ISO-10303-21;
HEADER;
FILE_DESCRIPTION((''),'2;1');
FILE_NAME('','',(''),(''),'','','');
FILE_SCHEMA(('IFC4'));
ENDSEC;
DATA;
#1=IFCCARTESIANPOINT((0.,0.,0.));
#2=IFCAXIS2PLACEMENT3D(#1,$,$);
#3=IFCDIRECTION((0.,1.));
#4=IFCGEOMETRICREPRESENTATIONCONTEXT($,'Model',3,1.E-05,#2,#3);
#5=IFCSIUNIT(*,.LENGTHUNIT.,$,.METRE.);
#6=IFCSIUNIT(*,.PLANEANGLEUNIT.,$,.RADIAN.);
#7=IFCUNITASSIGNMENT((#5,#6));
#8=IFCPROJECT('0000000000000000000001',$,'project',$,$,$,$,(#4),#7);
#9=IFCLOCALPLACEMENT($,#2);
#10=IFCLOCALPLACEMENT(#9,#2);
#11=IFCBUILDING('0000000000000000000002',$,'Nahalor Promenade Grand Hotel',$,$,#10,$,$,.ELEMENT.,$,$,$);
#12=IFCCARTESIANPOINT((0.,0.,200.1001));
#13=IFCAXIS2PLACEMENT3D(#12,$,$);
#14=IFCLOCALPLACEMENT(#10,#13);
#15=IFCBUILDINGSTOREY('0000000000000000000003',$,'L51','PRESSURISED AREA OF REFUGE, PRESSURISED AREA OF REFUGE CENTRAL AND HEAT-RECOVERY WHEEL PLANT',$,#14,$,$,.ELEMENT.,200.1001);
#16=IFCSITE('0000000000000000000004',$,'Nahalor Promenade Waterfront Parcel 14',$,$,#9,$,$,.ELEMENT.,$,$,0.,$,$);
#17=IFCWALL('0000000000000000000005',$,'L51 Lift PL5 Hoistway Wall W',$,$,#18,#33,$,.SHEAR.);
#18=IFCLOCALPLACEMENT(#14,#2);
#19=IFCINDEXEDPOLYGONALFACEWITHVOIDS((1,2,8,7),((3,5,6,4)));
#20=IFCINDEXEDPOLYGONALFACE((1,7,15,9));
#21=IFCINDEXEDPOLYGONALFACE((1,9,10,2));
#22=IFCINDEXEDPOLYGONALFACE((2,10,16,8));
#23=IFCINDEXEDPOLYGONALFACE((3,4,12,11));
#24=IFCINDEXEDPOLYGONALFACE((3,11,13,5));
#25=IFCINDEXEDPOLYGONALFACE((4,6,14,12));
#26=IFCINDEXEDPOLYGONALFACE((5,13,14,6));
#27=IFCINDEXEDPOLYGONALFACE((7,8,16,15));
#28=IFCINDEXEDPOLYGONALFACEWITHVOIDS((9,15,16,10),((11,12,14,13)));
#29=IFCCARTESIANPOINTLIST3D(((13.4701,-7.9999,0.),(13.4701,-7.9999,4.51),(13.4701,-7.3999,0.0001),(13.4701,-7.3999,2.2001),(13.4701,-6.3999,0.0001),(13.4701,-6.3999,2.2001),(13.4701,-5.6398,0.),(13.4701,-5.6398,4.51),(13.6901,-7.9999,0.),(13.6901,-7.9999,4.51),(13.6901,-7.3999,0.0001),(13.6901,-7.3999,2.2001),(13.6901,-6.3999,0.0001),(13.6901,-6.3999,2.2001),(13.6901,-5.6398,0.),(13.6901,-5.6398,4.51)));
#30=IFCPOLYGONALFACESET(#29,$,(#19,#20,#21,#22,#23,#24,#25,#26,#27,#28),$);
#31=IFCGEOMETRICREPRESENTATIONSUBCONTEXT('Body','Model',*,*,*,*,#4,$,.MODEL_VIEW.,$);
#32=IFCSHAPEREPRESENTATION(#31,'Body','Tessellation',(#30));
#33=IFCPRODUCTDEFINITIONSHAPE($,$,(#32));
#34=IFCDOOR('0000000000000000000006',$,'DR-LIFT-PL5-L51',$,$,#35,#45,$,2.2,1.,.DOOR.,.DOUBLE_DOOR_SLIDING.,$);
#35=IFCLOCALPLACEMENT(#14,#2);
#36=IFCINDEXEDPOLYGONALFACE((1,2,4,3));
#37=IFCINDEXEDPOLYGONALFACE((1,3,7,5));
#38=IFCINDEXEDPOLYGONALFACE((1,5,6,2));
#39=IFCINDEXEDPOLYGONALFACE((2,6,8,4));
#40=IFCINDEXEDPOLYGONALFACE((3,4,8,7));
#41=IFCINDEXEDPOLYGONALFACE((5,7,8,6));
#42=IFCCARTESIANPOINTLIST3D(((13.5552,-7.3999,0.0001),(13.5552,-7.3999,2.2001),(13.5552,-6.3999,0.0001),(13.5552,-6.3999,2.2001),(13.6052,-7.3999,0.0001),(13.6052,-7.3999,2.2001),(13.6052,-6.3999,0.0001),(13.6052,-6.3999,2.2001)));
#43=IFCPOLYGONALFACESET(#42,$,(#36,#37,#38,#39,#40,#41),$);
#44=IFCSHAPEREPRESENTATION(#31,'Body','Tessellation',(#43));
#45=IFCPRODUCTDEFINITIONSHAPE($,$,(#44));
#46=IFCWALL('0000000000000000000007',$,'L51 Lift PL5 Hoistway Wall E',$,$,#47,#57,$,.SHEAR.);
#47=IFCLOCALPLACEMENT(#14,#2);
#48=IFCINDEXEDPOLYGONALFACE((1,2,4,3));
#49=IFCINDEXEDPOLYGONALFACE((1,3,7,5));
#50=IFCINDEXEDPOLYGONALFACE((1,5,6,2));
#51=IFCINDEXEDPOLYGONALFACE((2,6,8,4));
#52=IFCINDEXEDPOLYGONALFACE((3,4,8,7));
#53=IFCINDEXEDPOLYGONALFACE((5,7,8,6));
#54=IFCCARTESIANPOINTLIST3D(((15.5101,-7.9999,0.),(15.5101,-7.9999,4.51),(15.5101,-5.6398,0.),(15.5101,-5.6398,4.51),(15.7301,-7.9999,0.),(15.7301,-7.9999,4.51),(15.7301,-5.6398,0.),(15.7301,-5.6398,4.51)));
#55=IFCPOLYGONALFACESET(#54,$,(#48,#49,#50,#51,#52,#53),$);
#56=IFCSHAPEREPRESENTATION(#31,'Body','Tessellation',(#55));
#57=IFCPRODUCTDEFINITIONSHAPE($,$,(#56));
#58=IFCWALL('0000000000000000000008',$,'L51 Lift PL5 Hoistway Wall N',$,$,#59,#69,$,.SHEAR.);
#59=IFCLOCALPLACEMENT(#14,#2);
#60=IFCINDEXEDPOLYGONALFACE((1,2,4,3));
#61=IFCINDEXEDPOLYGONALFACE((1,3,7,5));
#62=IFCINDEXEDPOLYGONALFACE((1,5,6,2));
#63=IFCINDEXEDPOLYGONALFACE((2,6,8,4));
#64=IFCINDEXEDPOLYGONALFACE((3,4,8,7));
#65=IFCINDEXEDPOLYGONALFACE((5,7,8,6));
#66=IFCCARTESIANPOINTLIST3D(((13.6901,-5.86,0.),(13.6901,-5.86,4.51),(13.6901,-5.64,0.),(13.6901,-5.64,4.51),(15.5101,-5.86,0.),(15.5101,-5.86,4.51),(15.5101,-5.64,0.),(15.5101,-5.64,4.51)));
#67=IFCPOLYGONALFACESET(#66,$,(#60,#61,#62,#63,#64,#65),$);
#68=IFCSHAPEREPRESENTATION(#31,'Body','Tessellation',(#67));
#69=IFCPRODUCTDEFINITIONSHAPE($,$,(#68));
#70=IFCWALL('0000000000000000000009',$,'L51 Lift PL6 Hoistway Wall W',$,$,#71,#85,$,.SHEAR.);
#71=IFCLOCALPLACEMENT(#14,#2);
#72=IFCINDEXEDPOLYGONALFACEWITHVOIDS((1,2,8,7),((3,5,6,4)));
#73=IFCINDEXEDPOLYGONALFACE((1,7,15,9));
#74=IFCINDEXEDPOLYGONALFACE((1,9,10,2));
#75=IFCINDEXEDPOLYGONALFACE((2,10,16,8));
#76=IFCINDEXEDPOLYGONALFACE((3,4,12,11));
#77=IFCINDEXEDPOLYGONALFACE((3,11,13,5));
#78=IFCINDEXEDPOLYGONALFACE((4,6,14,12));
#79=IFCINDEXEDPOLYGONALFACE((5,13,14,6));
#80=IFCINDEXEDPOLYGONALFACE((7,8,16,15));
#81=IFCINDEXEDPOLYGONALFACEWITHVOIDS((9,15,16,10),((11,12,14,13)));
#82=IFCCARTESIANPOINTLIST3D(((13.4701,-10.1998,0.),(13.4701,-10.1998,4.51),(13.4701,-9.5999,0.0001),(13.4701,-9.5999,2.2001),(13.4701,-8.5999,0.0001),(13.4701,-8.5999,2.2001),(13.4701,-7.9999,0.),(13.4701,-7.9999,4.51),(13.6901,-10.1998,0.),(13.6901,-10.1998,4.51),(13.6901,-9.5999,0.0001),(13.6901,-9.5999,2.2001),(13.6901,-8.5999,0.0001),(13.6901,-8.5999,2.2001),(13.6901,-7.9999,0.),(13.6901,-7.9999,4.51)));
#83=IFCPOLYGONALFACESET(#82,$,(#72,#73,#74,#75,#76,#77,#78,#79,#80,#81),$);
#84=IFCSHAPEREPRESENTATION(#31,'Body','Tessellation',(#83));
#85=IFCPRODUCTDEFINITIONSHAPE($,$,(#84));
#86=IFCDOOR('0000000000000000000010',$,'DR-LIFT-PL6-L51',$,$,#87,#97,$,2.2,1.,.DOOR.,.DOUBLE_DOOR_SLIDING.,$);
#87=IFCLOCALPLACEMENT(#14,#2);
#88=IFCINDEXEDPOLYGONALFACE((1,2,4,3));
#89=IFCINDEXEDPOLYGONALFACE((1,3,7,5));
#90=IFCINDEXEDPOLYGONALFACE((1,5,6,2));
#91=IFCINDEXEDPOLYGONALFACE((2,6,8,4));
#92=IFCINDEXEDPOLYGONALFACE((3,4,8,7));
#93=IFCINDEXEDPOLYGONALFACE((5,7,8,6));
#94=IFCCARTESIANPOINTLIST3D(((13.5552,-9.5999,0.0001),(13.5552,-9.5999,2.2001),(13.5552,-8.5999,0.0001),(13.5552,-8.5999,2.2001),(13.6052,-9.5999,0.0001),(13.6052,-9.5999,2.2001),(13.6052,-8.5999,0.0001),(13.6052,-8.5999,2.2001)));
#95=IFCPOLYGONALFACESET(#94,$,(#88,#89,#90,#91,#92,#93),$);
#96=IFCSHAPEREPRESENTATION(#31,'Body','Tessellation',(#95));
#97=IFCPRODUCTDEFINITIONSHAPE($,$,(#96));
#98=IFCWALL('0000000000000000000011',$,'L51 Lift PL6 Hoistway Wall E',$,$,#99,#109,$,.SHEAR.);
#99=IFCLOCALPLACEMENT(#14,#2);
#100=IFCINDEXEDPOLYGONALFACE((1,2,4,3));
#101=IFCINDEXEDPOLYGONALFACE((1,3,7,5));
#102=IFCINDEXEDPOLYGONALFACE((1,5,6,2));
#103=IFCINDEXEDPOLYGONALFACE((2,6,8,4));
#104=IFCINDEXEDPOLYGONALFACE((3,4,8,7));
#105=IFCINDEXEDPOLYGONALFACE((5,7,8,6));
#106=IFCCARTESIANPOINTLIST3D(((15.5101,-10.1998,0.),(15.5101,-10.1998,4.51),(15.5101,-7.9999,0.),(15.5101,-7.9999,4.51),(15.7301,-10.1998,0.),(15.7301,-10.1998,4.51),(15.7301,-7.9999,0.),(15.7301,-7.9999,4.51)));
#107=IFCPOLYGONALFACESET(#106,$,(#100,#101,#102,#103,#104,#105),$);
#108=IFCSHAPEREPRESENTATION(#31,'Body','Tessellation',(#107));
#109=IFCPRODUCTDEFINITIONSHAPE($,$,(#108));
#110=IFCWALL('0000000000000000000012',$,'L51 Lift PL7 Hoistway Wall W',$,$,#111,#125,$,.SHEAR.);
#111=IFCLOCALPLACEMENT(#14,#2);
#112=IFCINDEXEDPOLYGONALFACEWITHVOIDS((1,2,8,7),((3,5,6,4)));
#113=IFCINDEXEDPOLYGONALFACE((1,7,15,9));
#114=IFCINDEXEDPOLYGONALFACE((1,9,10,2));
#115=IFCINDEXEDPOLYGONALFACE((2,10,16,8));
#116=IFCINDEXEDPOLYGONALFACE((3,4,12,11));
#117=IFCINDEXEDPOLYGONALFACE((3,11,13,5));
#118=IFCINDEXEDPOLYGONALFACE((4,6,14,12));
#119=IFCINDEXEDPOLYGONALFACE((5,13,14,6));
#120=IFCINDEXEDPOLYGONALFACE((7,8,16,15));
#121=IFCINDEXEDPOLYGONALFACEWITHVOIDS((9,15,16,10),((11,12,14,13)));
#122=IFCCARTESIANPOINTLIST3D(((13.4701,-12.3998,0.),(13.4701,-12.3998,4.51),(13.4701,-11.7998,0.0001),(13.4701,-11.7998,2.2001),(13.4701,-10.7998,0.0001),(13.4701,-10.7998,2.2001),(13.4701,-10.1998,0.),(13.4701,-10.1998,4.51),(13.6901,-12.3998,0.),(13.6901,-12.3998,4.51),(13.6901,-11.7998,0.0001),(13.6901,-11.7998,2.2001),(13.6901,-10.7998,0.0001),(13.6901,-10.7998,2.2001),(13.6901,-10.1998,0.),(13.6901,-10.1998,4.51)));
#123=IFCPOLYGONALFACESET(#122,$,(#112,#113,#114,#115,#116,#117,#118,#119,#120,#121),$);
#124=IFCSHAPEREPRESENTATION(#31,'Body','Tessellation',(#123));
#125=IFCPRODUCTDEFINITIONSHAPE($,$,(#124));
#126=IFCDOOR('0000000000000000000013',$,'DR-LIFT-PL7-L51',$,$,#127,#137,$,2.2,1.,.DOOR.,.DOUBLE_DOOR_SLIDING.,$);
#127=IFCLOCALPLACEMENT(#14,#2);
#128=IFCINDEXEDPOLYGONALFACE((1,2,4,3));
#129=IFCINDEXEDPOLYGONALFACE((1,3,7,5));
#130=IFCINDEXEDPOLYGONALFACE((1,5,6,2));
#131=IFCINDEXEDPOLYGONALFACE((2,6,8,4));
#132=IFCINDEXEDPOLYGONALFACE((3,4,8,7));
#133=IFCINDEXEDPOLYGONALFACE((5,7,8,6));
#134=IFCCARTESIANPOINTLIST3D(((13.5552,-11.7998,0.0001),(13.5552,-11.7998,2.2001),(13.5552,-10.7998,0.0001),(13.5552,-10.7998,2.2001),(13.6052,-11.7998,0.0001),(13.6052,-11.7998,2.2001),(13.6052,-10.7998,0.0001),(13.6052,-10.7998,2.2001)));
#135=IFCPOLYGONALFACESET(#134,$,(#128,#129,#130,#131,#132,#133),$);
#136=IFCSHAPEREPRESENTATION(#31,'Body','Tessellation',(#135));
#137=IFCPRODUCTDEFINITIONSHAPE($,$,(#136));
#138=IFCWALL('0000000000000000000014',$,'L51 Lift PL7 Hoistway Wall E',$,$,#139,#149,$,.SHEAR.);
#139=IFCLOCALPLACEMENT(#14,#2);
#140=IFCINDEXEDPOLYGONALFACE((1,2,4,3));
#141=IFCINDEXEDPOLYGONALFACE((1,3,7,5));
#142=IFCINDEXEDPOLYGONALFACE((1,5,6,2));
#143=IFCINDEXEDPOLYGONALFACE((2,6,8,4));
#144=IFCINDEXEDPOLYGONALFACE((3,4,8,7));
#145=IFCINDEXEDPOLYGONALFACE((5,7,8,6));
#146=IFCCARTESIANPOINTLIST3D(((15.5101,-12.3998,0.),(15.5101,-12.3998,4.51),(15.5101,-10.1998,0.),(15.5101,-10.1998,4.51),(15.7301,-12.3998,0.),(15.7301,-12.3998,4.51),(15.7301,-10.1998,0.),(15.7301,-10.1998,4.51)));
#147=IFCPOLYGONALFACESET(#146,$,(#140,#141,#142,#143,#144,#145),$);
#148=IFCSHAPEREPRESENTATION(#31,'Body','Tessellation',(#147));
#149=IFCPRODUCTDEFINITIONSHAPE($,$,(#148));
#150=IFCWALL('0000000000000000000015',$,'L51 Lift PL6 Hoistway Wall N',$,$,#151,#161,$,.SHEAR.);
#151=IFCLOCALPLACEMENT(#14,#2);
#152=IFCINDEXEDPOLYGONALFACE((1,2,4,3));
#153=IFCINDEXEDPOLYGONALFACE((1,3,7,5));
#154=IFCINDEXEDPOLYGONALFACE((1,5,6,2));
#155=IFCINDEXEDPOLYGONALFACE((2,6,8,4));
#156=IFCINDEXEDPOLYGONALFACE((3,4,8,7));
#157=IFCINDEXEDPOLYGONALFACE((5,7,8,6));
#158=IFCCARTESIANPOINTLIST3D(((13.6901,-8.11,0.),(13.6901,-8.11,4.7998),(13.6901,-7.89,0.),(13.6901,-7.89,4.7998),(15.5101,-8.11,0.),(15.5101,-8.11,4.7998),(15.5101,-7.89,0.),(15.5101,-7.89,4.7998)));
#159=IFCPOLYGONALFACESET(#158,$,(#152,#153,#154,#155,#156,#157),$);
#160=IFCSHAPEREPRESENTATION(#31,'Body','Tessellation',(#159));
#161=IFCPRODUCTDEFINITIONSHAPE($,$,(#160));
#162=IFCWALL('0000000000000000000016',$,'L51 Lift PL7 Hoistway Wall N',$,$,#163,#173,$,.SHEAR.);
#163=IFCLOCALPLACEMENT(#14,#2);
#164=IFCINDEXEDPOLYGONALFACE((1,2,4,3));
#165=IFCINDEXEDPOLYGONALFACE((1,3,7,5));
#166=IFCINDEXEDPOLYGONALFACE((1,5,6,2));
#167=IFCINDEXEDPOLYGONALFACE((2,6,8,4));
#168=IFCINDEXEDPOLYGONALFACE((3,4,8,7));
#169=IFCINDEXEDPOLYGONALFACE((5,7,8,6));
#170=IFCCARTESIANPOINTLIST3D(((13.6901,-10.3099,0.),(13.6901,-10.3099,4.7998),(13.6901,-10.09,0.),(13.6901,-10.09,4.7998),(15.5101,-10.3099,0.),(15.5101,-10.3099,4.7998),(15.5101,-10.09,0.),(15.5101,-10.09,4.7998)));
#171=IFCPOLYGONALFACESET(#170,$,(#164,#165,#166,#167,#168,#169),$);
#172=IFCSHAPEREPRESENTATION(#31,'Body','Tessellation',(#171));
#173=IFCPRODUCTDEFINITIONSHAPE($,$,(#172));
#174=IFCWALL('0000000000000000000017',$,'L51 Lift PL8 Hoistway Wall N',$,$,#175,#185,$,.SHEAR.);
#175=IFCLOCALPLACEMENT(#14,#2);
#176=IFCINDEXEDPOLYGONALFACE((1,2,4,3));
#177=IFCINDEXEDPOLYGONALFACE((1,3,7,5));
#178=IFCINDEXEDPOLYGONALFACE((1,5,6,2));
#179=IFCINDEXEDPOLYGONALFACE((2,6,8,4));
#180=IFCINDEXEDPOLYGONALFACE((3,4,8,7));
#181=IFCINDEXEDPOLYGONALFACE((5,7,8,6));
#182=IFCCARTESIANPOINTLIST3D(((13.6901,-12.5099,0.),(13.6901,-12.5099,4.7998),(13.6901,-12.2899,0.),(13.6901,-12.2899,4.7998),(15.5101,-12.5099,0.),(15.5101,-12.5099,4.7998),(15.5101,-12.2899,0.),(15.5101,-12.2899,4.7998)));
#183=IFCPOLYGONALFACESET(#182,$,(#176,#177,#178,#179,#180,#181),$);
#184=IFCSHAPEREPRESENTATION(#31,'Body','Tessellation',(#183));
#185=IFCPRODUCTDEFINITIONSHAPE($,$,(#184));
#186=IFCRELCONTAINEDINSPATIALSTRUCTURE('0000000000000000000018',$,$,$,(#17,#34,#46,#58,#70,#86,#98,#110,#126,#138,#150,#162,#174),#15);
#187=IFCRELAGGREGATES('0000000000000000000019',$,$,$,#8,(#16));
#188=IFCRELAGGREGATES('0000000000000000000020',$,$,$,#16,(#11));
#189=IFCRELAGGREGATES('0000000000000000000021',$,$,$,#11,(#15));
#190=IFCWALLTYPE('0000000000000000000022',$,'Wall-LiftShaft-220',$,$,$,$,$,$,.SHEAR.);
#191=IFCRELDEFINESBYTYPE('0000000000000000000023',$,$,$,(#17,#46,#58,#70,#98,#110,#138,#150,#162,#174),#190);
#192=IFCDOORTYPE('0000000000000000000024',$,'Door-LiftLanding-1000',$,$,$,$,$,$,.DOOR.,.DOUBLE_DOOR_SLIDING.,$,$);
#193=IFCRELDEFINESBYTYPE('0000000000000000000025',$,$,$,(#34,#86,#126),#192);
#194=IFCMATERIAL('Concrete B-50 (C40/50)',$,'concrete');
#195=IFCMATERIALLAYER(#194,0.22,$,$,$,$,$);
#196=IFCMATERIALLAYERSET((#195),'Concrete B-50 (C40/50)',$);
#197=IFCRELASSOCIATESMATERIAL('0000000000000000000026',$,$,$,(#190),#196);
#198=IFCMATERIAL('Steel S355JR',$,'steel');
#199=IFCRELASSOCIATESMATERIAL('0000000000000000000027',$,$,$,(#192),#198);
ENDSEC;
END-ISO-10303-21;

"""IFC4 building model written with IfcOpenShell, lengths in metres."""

from ifc_helpers import new_model, si_unit, direction, frame, frame_2d, origin, place, context, subcontext, project, spatial, rectangle, extrude, source, transform, mapped, material, layer, layer_set, type_object, element, fill, save


model = new_model("IFC4")

# Units and contexts
model_context = context("Model", 3, precision=1e-05, world=origin(), true_north=direction((0.0, 1.0)))
body_context = subcontext(model_context, "Body", "Model", "MODEL_VIEW")
ifc_project = project(units=[si_unit("LENGTHUNIT", "METRE"), si_unit("PLANEANGLEUNIT", "RADIAN")], contexts=[model_context])

# Site, building, storey
site_placement = place(None, origin())
site = spatial("IfcSite", under=ifc_project, at=site_placement, Name="Nahalor Promenade Waterfront Parcel 14", CompositionType="ELEMENT", RefElevation=0.0)
building_placement = place(site_placement, origin())
building = spatial("IfcBuilding", under=site, at=building_placement, Name="Nahalor Promenade Grand Hotel", CompositionType="ELEMENT")
storey_placement = place(building_placement, frame((0.0, 0.0, 200.1001)))
storey = spatial("IfcBuildingStorey", under=building, at=storey_placement, Name="L51", Description="PRESSURISED AREA OF REFUGE, PRESSURISED AREA OF REFUGE CENTRAL AND HEAT-RECOVERY WHEEL PLANT", CompositionType="ELEMENT", Elevation=200.1001)

# Shared definitions
ifc_material_1 = material(Name="Steel S355JR", Category="steel")

# Wall, opening, door
ifc_material_2 = material(Name="Concrete B-50 (C40/50)", Category="concrete")
ifc_layer_1 = layer(ifc_material_2, 0.22)
ifc_layer_set_1 = layer_set([ifc_layer_1], Name="Concrete B-50 (C40/50)")
wall_type_1 = type_object("IfcWallType", Name="Wall-LiftShaft-220", PredefinedType="SHEAR", material=ifc_layer_set_1)
shared_shape_1 = source(origin(), body_context, "Body", "SweptSolid", [
    extrude(rectangle(XDim=2.3601, YDim=0.22, at=frame_2d((1.1802, 0.0))), origin(), (0.0, 0.0, 1.0), 4.51),
])
wall_1_placement = place(storey_placement, frame((13.5801, -8.0, 0.0), z_axis=(0.0, 0.0, 1.0), x_axis=(0.0, 1.0, 0.0)))
wall_1 = element("IfcWall", 1, at=wall_1_placement, inside=storey, type_object=wall_type_1, Name="L51 Lift PL5 Hoistway Wall W", PredefinedType="SHEAR", context=body_context, shape_type="MappedRepresentation", body=[
    mapped(shared_shape_1, transform((0.0, 0.0, 0.0), scale=1.0)),
])
opening_1_placement = place(wall_1_placement, frame((0.6001, 0.0, 0.0)))
opening_1 = element("IfcOpeningElement", 2, at=opening_1_placement, cuts=wall_1, PredefinedType="OPENING", context=body_context, shape_type="SweptSolid", body=[
    extrude(rectangle(XDim=1.0, YDim=2.2, at=frame_2d((0.5, 1.1001))), frame((0.0, 0.1199, 0.0), z_axis=(0.0, -1.0, 0.0), x_axis=(1.0, 0.0, 0.0)), (0.0, 0.0, 1.0), 0.24),
])
door_type_1 = type_object("IfcDoorType", Name="Door-LiftLanding-1000", OperationType="DOUBLE_DOOR_SLIDING", PredefinedType="DOOR", material=ifc_material_1)
shared_shape_2 = source(origin(), body_context, "Body", "SweptSolid", [
    extrude(rectangle(XDim=1.0, YDim=2.2, at=frame_2d((0.5, 1.1001))), frame((0.0, 0.0249, 0.0), z_axis=(0.0, -1.0, 0.0), x_axis=(1.0, 0.0, 0.0)), (0.0, 0.0, 1.0), 0.05),
])
door_1_placement = place(opening_1_placement, origin())
door_1 = element("IfcDoor", 3, at=door_1_placement, inside=storey, type_object=door_type_1, Name="DR-LIFT-PL5-L51", OperationType="DOUBLE_DOOR_SLIDING", OverallHeight=2.2, OverallWidth=1.0, PredefinedType="DOOR", context=body_context, shape_type="MappedRepresentation", body=[
    mapped(shared_shape_2, transform((0.0, 0.0, 0.0), scale=1.0)),
])
fill(opening_1, door_1)

# Walls
wall_2_placement = place(storey_placement, frame((15.6201, -8.0, 0.0), z_axis=(0.0, 0.0, 1.0), x_axis=(0.0, 1.0, 0.0)))
element("IfcWall", 4, at=wall_2_placement, inside=storey, type_object=wall_type_1, Name="L51 Lift PL5 Hoistway Wall E", PredefinedType="SHEAR", context=body_context, shape_type="MappedRepresentation", body=[
    mapped(shared_shape_1, transform((0.0, 0.0, 0.0), scale=1.0)),
])
shared_shape_3 = source(origin(), body_context, "Body", "SweptSolid", [
    extrude(rectangle(XDim=1.8201, YDim=0.22, at=frame_2d((0.9102, 0.0))), origin(), (0.0, 0.0, 1.0), 4.51),
])
wall_3_placement = place(storey_placement, frame((13.6899, -5.75, 0.0), z_axis=(0.0, 0.0, 1.0), x_axis=(1.0, 0.0, 0.0)))
element("IfcWall", 5, at=wall_3_placement, inside=storey, type_object=wall_type_1, Name="L51 Lift PL5 Hoistway Wall N", PredefinedType="SHEAR", context=body_context, shape_type="MappedRepresentation", body=[
    mapped(shared_shape_3, transform((0.0, 0.0, 0.0), scale=1.0)),
])

# Wall, opening, door
shared_shape_4 = source(origin(), body_context, "Body", "SweptSolid", [
    extrude(rectangle(XDim=2.2, YDim=0.22, at=frame_2d((1.1001, 0.0))), origin(), (0.0, 0.0, 1.0), 4.51),
])
wall_4_placement = place(storey_placement, frame((13.5801, -10.2, 0.0), z_axis=(0.0, 0.0, 1.0), x_axis=(0.0, 1.0, 0.0)))
wall_4 = element("IfcWall", 6, at=wall_4_placement, inside=storey, type_object=wall_type_1, Name="L51 Lift PL6 Hoistway Wall W", PredefinedType="SHEAR", context=body_context, shape_type="MappedRepresentation", body=[
    mapped(shared_shape_4, transform((0.0, 0.0, 0.0), scale=1.0)),
])
opening_2_placement = place(wall_4_placement, frame((0.6001, 0.0, 0.0)))
opening_2 = element("IfcOpeningElement", 7, at=opening_2_placement, cuts=wall_4, PredefinedType="OPENING", context=body_context, shape_type="SweptSolid", body=[
    extrude(rectangle(XDim=1.0, YDim=2.2, at=frame_2d((0.5, 1.1001))), frame((0.0, 0.1199, 0.0), z_axis=(0.0, -1.0, 0.0), x_axis=(1.0, 0.0, 0.0)), (0.0, 0.0, 1.0), 0.24),
])
door_2_placement = place(opening_2_placement, origin())
door_2 = element("IfcDoor", 8, at=door_2_placement, inside=storey, type_object=door_type_1, Name="DR-LIFT-PL6-L51", OperationType="DOUBLE_DOOR_SLIDING", OverallHeight=2.2, OverallWidth=1.0, PredefinedType="DOOR", context=body_context, shape_type="MappedRepresentation", body=[
    mapped(shared_shape_2, transform((0.0, 0.0, 0.0), scale=1.0)),
])
fill(opening_2, door_2)

# Wall
wall_5_placement = place(storey_placement, frame((15.6201, -10.2, 0.0), z_axis=(0.0, 0.0, 1.0), x_axis=(0.0, 1.0, 0.0)))
element("IfcWall", 9, at=wall_5_placement, inside=storey, type_object=wall_type_1, Name="L51 Lift PL6 Hoistway Wall E", PredefinedType="SHEAR", context=body_context, shape_type="MappedRepresentation", body=[
    mapped(shared_shape_4, transform((0.0, 0.0, 0.0), scale=1.0)),
])

# Wall, opening, door
wall_6_placement = place(storey_placement, frame((13.5801, -12.3999, 0.0), z_axis=(0.0, 0.0, 1.0), x_axis=(0.0, 1.0, 0.0)))
wall_6 = element("IfcWall", 10, at=wall_6_placement, inside=storey, type_object=wall_type_1, Name="L51 Lift PL7 Hoistway Wall W", PredefinedType="SHEAR", context=body_context, shape_type="MappedRepresentation", body=[
    mapped(shared_shape_4, transform((0.0, 0.0, 0.0), scale=1.0)),
])
opening_3_placement = place(wall_6_placement, frame((0.6001, 0.0, 0.0)))
opening_3 = element("IfcOpeningElement", 11, at=opening_3_placement, cuts=wall_6, PredefinedType="OPENING", context=body_context, shape_type="SweptSolid", body=[
    extrude(rectangle(XDim=1.0, YDim=2.2, at=frame_2d((0.5, 1.1001))), frame((0.0, 0.1199, 0.0), z_axis=(0.0, -1.0, 0.0), x_axis=(1.0, 0.0, 0.0)), (0.0, 0.0, 1.0), 0.24),
])
door_3_placement = place(opening_3_placement, origin())
door_3 = element("IfcDoor", 12, at=door_3_placement, inside=storey, type_object=door_type_1, Name="DR-LIFT-PL7-L51", OperationType="DOUBLE_DOOR_SLIDING", OverallHeight=2.2, OverallWidth=1.0, PredefinedType="DOOR", context=body_context, shape_type="MappedRepresentation", body=[
    mapped(shared_shape_2, transform((0.0, 0.0, 0.0), scale=1.0)),
])
fill(opening_3, door_3)

# Walls
wall_7_placement = place(storey_placement, frame((15.6201, -12.3999, 0.0), z_axis=(0.0, 0.0, 1.0), x_axis=(0.0, 1.0, 0.0)))
element("IfcWall", 13, at=wall_7_placement, inside=storey, type_object=wall_type_1, Name="L51 Lift PL7 Hoistway Wall E", PredefinedType="SHEAR", context=body_context, shape_type="MappedRepresentation", body=[
    mapped(shared_shape_4, transform((0.0, 0.0, 0.0), scale=1.0)),
])
shared_shape_5 = source(origin(), body_context, "Body", "SweptSolid", [
    extrude(rectangle(XDim=1.8201, YDim=0.22, at=frame_2d((0.9102, 0.0))), origin(), (0.0, 0.0, 1.0), 4.7998),
])
for number, where, z_axis, x_axis, name in (
    (14, (13.6899, -8.0, 0.0), (0.0, 0.0, 1.0), (1.0, 0.0, 0.0), "L51 Lift PL6 Hoistway Wall N"),
    (15, (13.6899, -10.2, 0.0), (0.0, 0.0, 1.0), (1.0, 0.0, 0.0), "L51 Lift PL7 Hoistway Wall N"),
    (16, (13.6899, -12.3999, 0.0), (0.0, 0.0, 1.0), (1.0, 0.0, 0.0), "L51 Lift PL8 Hoistway Wall N"),
):
    element("IfcWall", number, at=place(storey_placement, frame(where, z_axis=z_axis, x_axis=x_axis)), inside=storey, type_object=wall_type_1, Name=name, PredefinedType="SHEAR", context=body_context, shape_type="MappedRepresentation", body=[
        mapped(shared_shape_5, transform((0.0, 0.0, 0.0), scale=1.0)),
    ])

save(model, "model.ifc")
